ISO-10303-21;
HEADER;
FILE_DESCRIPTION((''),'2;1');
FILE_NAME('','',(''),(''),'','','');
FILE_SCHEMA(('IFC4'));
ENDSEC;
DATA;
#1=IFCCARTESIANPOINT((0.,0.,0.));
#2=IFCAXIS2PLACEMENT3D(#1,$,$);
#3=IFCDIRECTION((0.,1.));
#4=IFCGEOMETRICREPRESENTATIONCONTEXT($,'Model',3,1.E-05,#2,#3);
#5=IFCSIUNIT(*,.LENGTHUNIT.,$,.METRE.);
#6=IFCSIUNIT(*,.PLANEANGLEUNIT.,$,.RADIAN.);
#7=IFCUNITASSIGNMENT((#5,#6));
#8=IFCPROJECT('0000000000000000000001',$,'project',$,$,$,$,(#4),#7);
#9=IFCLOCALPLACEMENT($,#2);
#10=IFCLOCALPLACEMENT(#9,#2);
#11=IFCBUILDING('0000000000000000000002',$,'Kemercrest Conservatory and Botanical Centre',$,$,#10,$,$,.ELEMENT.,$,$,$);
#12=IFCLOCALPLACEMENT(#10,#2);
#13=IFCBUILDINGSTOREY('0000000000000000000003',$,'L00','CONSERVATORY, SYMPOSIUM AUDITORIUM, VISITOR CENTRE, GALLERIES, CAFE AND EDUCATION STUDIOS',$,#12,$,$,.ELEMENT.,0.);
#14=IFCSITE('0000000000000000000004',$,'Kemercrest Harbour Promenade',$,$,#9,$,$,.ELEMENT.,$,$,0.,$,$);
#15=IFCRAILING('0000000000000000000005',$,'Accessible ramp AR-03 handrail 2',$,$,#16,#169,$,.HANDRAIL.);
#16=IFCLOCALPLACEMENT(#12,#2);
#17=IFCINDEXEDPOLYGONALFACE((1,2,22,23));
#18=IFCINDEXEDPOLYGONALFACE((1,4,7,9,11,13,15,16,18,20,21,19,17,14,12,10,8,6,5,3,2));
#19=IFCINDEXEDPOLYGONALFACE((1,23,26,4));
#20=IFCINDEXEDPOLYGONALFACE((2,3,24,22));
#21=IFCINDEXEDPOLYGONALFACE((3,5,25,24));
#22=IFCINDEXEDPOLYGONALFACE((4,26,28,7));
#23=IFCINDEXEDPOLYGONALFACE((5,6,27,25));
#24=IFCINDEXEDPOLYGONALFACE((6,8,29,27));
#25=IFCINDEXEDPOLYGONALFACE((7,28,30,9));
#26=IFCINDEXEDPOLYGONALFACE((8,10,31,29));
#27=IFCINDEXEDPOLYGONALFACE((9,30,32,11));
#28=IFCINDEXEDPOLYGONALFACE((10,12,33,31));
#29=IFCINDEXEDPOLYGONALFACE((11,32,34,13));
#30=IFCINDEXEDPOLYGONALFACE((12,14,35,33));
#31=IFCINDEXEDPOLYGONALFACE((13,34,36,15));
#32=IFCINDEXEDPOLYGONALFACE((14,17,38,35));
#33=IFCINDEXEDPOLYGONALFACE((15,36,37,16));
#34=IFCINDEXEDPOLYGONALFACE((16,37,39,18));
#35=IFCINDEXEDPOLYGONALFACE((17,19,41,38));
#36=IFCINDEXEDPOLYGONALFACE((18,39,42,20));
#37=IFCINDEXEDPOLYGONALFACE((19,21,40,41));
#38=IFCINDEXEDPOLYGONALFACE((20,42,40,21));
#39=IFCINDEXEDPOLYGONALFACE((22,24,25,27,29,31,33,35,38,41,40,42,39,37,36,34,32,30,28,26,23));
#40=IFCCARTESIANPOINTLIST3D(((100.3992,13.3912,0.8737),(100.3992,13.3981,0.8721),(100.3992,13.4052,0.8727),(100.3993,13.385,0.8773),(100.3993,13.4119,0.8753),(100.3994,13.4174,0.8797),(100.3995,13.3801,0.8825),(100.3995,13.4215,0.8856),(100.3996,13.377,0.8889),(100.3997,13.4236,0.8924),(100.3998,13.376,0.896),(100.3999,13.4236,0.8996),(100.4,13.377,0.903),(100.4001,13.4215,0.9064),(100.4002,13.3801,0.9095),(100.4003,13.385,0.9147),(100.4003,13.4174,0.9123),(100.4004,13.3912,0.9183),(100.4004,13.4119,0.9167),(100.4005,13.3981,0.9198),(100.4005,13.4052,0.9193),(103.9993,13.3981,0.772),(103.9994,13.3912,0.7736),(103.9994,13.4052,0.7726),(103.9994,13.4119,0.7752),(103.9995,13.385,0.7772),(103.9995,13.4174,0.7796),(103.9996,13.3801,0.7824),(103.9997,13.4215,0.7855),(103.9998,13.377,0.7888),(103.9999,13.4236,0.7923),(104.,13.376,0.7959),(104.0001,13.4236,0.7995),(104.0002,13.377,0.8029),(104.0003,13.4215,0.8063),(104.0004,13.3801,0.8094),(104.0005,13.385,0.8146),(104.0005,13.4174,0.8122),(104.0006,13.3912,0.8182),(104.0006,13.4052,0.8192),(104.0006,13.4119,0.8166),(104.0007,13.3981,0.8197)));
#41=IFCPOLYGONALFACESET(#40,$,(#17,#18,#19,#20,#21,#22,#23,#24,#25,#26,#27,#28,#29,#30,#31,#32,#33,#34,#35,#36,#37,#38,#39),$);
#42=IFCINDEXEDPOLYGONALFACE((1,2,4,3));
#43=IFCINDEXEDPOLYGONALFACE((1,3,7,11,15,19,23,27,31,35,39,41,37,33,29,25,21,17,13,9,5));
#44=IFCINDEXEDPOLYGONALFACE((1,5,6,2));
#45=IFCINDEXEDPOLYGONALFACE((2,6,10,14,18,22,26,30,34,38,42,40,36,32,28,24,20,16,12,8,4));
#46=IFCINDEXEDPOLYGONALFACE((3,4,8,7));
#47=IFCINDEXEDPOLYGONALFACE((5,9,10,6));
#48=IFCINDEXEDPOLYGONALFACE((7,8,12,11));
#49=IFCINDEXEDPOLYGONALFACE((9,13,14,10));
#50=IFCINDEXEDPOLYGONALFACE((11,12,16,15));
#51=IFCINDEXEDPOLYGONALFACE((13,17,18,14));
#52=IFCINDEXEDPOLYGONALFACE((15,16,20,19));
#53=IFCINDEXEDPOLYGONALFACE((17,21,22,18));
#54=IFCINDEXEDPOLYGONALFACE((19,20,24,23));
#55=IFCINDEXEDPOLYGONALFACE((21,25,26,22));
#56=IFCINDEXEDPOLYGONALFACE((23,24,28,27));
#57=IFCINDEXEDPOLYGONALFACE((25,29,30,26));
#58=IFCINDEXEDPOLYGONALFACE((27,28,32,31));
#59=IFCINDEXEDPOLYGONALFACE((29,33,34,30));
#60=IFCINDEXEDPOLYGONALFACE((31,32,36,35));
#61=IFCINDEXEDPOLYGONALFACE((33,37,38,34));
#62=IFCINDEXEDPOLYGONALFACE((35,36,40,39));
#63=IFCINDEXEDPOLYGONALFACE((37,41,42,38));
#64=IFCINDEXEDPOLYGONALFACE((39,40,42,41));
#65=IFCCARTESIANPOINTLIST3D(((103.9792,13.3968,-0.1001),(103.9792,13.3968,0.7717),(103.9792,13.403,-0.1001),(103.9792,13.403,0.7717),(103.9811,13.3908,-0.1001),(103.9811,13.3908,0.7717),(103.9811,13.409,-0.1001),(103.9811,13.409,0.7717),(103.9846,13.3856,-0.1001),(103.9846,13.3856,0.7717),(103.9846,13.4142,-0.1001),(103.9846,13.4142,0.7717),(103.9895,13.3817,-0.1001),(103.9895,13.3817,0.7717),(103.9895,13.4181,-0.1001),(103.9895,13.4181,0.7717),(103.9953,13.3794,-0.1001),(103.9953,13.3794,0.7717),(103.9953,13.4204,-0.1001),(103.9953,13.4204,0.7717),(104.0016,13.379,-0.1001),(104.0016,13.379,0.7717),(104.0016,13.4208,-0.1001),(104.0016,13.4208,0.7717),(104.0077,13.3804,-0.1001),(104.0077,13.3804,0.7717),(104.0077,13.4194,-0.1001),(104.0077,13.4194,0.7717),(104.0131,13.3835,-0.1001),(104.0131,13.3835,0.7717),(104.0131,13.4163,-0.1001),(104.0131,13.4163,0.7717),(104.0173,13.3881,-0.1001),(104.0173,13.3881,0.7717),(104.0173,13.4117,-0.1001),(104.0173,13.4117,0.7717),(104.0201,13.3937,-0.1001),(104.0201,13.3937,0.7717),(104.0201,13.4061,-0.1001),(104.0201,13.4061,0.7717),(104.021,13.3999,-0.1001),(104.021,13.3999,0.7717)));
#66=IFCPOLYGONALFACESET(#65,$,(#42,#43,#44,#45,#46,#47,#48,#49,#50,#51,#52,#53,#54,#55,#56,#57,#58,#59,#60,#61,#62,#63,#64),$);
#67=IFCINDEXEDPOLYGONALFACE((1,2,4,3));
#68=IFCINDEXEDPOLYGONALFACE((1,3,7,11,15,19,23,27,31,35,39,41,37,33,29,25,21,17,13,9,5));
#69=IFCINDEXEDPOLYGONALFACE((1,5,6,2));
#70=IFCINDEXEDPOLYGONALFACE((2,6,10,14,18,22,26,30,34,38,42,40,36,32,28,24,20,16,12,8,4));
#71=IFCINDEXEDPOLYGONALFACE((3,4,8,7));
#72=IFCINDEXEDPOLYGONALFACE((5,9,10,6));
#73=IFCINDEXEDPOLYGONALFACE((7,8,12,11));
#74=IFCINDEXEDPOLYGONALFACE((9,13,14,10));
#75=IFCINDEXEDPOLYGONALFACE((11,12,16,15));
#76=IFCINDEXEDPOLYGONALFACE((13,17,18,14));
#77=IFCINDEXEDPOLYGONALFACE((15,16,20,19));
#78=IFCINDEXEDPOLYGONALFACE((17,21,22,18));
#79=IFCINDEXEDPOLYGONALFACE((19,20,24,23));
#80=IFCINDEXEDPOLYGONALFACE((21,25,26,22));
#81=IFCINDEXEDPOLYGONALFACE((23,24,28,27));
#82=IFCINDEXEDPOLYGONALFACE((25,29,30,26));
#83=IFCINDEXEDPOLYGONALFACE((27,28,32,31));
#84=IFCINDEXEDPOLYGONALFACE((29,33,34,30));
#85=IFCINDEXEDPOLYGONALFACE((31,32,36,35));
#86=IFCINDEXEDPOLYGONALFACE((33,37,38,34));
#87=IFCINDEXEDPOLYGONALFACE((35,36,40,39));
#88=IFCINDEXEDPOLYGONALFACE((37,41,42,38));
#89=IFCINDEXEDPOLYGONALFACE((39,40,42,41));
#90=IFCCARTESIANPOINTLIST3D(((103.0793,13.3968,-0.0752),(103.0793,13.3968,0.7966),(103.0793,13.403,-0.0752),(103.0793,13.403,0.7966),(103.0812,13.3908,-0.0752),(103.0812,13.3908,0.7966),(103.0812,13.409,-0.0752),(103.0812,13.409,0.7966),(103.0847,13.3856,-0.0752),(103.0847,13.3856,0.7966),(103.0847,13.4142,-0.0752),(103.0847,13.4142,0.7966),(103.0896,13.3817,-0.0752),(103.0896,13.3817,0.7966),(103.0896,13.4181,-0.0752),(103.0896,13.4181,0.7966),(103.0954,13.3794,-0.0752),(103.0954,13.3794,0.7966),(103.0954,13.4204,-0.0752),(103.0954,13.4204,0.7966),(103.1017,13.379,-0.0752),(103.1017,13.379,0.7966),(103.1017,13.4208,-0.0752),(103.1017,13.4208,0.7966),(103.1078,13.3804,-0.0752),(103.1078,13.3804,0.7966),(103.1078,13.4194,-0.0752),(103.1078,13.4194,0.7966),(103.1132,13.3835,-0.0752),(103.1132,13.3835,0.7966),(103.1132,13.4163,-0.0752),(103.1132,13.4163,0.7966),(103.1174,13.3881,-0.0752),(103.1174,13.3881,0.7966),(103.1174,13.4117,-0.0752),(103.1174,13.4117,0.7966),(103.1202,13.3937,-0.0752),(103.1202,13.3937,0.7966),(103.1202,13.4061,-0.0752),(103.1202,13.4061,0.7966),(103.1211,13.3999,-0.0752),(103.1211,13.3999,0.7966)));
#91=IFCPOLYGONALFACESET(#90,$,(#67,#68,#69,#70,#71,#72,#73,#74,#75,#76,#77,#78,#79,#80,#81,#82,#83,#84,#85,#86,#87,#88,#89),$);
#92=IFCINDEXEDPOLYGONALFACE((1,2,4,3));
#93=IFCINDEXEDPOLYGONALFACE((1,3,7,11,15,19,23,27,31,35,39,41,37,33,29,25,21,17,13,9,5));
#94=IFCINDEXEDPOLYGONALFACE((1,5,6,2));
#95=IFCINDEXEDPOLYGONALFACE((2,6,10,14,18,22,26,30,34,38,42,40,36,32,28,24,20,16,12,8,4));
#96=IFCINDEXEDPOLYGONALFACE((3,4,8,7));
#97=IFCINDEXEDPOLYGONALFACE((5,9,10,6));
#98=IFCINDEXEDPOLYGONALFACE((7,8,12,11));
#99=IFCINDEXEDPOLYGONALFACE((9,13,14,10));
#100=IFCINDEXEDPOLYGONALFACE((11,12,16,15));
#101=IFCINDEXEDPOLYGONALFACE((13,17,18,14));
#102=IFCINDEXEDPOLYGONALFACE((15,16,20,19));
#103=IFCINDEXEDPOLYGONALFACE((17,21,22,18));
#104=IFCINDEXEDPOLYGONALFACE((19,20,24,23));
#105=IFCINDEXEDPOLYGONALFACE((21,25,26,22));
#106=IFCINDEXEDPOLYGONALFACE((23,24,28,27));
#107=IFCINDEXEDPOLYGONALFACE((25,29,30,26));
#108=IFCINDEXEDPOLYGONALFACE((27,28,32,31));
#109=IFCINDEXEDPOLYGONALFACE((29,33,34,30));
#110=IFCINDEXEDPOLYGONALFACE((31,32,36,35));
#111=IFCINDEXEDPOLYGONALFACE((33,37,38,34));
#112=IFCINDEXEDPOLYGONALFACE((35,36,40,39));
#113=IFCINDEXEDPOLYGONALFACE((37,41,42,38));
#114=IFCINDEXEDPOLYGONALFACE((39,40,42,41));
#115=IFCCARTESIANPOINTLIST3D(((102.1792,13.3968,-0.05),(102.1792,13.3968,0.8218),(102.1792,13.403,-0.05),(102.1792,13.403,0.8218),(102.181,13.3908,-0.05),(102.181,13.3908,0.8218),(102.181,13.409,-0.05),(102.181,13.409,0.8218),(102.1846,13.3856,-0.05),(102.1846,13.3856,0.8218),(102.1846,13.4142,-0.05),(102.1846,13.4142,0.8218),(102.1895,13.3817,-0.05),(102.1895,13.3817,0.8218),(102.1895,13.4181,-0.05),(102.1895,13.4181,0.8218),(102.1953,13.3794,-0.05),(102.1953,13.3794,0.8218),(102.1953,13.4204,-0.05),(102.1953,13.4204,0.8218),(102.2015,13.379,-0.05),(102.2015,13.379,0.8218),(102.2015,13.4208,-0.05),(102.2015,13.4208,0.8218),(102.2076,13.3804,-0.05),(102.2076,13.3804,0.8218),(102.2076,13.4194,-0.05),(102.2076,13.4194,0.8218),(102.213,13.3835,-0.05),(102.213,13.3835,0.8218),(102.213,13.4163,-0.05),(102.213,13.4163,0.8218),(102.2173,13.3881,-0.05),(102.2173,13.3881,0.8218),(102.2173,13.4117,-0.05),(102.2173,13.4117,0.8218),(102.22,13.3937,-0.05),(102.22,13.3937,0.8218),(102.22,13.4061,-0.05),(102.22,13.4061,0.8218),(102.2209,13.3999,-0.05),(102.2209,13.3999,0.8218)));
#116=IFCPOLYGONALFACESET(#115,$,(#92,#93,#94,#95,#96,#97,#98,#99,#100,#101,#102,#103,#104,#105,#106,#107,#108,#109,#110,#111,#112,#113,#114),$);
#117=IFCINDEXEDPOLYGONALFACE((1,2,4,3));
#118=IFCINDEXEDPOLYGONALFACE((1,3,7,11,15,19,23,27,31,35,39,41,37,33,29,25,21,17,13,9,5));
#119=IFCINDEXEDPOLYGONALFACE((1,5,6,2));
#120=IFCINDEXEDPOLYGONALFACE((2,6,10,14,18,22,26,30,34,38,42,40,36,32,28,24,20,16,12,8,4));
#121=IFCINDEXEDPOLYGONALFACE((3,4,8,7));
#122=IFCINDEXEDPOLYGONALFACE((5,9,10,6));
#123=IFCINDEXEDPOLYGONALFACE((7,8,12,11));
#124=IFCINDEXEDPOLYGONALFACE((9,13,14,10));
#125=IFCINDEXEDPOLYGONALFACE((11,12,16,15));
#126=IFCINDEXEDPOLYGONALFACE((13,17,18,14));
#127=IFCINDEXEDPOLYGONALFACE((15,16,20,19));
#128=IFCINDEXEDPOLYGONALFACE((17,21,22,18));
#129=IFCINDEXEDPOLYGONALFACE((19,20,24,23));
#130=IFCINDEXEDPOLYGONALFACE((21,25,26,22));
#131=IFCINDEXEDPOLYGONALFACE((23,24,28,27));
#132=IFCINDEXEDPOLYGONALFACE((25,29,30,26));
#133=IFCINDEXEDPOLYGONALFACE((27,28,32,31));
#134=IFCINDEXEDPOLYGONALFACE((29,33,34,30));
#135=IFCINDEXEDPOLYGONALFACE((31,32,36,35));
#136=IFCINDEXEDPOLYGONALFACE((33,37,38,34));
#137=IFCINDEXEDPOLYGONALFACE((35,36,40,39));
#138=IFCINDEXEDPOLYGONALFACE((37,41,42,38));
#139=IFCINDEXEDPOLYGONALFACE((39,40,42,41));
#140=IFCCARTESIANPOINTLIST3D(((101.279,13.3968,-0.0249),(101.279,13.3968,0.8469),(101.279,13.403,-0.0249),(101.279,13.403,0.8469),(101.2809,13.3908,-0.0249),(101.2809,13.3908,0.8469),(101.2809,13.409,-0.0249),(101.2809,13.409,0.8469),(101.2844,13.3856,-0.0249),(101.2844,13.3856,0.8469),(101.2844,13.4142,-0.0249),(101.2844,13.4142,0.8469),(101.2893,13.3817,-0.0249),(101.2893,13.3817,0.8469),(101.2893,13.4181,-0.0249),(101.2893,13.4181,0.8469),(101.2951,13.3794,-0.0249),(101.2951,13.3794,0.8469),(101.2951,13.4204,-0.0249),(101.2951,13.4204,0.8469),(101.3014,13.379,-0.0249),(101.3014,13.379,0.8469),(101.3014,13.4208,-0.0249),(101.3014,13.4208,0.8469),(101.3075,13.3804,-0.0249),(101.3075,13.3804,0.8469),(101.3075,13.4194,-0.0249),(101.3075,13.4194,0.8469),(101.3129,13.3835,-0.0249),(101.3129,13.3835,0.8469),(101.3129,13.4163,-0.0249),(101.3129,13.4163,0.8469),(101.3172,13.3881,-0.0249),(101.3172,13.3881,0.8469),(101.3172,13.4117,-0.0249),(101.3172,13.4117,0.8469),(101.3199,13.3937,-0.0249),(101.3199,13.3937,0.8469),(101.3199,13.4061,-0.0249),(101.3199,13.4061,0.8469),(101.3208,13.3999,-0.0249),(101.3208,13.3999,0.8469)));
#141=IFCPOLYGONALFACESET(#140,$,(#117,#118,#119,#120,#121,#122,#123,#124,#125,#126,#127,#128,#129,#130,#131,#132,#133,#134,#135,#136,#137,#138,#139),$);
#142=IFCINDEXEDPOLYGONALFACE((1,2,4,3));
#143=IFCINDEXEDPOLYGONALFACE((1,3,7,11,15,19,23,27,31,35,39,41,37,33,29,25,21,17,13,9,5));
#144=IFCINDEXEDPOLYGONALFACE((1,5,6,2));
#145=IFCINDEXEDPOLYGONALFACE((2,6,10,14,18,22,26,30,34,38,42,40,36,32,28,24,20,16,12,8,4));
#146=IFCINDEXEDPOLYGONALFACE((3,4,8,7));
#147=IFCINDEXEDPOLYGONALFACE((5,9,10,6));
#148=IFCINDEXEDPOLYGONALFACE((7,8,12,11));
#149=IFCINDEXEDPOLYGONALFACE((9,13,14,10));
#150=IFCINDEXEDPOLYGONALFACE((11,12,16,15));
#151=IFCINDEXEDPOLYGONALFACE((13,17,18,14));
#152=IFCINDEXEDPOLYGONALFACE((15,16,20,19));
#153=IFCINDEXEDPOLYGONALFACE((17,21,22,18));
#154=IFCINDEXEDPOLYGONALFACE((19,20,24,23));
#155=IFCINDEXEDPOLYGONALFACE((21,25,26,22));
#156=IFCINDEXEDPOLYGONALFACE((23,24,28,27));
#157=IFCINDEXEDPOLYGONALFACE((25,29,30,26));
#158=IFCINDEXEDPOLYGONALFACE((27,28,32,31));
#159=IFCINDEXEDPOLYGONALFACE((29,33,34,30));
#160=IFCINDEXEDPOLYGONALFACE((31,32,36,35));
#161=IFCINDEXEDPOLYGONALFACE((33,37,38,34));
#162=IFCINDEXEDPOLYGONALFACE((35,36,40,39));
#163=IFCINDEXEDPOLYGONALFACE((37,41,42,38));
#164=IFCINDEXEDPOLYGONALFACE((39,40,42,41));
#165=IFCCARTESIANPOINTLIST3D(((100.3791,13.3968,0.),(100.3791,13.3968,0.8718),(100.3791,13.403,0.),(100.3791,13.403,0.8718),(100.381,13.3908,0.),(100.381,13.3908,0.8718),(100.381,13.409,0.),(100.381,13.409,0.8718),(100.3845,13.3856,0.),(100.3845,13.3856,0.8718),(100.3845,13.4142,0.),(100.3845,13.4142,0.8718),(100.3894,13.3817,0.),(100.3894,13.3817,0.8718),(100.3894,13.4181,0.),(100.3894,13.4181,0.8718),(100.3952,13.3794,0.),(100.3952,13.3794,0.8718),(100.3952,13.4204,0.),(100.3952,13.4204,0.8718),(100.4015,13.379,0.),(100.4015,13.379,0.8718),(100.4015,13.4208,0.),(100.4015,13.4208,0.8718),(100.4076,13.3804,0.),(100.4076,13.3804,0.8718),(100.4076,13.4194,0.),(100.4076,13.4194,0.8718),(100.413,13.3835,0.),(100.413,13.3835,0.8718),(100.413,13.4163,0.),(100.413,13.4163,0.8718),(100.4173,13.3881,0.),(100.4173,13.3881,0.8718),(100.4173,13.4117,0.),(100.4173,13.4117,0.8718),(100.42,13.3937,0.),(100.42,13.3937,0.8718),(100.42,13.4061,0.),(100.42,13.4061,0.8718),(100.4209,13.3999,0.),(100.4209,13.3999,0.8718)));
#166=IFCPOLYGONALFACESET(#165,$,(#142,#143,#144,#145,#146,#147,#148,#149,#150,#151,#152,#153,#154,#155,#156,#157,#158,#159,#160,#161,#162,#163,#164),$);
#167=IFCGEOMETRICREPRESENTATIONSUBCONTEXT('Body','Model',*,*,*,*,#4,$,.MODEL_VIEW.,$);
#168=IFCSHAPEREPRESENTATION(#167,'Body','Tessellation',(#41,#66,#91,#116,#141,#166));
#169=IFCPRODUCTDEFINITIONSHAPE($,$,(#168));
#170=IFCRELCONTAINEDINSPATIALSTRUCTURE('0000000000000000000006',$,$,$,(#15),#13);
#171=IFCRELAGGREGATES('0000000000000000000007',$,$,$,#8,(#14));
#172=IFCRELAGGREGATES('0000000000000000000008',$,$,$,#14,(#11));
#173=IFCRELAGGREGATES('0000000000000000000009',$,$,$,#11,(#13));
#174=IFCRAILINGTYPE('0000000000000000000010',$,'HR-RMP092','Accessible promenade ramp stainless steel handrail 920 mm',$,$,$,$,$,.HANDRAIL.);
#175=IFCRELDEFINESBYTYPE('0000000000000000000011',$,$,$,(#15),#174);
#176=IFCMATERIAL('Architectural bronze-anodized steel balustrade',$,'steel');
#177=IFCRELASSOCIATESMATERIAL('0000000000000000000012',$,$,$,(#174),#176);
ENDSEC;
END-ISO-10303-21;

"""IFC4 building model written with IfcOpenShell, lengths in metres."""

from ifc_helpers import new_model, si_unit, direction, frame, origin, origin_2d, place, context, subcontext, project, spatial, circle, extrude, material, type_object, element, save


model = new_model("IFC4")

# Units and contexts
model_context = context("Model", 3, precision=1e-05, world=origin(), true_north=direction((0.0, 1.0)))
body_context = subcontext(model_context, "Body", "Model", "MODEL_VIEW")
ifc_project = project(units=[si_unit("LENGTHUNIT", "METRE"), si_unit("PLANEANGLEUNIT", "RADIAN")], contexts=[model_context])

# Site, building, storey
site_placement = place(None, origin())
site = spatial("IfcSite", under=ifc_project, at=site_placement, Name="Kemercrest Harbour Promenade", CompositionType="ELEMENT", RefElevation=0.0)
building_placement = place(site_placement, origin())
building = spatial("IfcBuilding", under=site, at=building_placement, Name="Kemercrest Conservatory and Botanical Centre", CompositionType="ELEMENT")
storey_placement = place(building_placement, origin())
storey = spatial("IfcBuildingStorey", under=building, at=storey_placement, Name="L00", Description="CONSERVATORY, SYMPOSIUM AUDITORIUM, VISITOR CENTRE, GALLERIES, CAFE AND EDUCATION STUDIOS", CompositionType="ELEMENT", Elevation=0.0)

# Railing
ifc_material_1 = material(Name="Architectural bronze-anodized steel balustrade", Category="steel")
railing_type = type_object("IfcRailingType", Name="HR-RMP092", Description="Accessible promenade ramp stainless steel handrail 920 mm", PredefinedType="HANDRAIL", material=ifc_material_1)
for number, where, name in (
    (1, (104.0, 13.3999, -0.1001), "Accessible ramp AR-03 handrail 2"),
):
    element("IfcRailing", number, at=place(storey_placement, frame(where)), inside=storey, type_object=railing_type, Name=name, PredefinedType="HANDRAIL", context=body_context, shape_type="SweptSolid", body=[
        extrude(circle(Radius=0.0239, at=origin_2d()), frame((0.0, 0.0, 0.896), z_axis=(-0.999614, 0.0, 0.027793), x_axis=(0.0, -1.0, 0.0)), (0.0, 0.0, 1.0), 3.6016),
        extrude(circle(Radius=0.021, at=origin_2d()), origin(), (0.0, 0.0, 1.0), 0.8718),
        extrude(circle(Radius=0.021, at=origin_2d()), frame((-0.8999, 0.0, 0.0249)), (0.0, 0.0, 1.0), 0.8718),
        extrude(circle(Radius=0.021, at=origin_2d()), frame((-1.8, 0.0, 0.05)), (0.0, 0.0, 1.0), 0.8718),
        extrude(circle(Radius=0.021, at=origin_2d()), frame((-2.7002, 0.0, 0.0752)), (0.0, 0.0, 1.0), 0.8718),
        extrude(circle(Radius=0.021, at=origin_2d()), frame((-3.6001, 0.0, 0.1001)), (0.0, 0.0, 1.0), 0.8718),
    ])

save(model, "model.ifc")
